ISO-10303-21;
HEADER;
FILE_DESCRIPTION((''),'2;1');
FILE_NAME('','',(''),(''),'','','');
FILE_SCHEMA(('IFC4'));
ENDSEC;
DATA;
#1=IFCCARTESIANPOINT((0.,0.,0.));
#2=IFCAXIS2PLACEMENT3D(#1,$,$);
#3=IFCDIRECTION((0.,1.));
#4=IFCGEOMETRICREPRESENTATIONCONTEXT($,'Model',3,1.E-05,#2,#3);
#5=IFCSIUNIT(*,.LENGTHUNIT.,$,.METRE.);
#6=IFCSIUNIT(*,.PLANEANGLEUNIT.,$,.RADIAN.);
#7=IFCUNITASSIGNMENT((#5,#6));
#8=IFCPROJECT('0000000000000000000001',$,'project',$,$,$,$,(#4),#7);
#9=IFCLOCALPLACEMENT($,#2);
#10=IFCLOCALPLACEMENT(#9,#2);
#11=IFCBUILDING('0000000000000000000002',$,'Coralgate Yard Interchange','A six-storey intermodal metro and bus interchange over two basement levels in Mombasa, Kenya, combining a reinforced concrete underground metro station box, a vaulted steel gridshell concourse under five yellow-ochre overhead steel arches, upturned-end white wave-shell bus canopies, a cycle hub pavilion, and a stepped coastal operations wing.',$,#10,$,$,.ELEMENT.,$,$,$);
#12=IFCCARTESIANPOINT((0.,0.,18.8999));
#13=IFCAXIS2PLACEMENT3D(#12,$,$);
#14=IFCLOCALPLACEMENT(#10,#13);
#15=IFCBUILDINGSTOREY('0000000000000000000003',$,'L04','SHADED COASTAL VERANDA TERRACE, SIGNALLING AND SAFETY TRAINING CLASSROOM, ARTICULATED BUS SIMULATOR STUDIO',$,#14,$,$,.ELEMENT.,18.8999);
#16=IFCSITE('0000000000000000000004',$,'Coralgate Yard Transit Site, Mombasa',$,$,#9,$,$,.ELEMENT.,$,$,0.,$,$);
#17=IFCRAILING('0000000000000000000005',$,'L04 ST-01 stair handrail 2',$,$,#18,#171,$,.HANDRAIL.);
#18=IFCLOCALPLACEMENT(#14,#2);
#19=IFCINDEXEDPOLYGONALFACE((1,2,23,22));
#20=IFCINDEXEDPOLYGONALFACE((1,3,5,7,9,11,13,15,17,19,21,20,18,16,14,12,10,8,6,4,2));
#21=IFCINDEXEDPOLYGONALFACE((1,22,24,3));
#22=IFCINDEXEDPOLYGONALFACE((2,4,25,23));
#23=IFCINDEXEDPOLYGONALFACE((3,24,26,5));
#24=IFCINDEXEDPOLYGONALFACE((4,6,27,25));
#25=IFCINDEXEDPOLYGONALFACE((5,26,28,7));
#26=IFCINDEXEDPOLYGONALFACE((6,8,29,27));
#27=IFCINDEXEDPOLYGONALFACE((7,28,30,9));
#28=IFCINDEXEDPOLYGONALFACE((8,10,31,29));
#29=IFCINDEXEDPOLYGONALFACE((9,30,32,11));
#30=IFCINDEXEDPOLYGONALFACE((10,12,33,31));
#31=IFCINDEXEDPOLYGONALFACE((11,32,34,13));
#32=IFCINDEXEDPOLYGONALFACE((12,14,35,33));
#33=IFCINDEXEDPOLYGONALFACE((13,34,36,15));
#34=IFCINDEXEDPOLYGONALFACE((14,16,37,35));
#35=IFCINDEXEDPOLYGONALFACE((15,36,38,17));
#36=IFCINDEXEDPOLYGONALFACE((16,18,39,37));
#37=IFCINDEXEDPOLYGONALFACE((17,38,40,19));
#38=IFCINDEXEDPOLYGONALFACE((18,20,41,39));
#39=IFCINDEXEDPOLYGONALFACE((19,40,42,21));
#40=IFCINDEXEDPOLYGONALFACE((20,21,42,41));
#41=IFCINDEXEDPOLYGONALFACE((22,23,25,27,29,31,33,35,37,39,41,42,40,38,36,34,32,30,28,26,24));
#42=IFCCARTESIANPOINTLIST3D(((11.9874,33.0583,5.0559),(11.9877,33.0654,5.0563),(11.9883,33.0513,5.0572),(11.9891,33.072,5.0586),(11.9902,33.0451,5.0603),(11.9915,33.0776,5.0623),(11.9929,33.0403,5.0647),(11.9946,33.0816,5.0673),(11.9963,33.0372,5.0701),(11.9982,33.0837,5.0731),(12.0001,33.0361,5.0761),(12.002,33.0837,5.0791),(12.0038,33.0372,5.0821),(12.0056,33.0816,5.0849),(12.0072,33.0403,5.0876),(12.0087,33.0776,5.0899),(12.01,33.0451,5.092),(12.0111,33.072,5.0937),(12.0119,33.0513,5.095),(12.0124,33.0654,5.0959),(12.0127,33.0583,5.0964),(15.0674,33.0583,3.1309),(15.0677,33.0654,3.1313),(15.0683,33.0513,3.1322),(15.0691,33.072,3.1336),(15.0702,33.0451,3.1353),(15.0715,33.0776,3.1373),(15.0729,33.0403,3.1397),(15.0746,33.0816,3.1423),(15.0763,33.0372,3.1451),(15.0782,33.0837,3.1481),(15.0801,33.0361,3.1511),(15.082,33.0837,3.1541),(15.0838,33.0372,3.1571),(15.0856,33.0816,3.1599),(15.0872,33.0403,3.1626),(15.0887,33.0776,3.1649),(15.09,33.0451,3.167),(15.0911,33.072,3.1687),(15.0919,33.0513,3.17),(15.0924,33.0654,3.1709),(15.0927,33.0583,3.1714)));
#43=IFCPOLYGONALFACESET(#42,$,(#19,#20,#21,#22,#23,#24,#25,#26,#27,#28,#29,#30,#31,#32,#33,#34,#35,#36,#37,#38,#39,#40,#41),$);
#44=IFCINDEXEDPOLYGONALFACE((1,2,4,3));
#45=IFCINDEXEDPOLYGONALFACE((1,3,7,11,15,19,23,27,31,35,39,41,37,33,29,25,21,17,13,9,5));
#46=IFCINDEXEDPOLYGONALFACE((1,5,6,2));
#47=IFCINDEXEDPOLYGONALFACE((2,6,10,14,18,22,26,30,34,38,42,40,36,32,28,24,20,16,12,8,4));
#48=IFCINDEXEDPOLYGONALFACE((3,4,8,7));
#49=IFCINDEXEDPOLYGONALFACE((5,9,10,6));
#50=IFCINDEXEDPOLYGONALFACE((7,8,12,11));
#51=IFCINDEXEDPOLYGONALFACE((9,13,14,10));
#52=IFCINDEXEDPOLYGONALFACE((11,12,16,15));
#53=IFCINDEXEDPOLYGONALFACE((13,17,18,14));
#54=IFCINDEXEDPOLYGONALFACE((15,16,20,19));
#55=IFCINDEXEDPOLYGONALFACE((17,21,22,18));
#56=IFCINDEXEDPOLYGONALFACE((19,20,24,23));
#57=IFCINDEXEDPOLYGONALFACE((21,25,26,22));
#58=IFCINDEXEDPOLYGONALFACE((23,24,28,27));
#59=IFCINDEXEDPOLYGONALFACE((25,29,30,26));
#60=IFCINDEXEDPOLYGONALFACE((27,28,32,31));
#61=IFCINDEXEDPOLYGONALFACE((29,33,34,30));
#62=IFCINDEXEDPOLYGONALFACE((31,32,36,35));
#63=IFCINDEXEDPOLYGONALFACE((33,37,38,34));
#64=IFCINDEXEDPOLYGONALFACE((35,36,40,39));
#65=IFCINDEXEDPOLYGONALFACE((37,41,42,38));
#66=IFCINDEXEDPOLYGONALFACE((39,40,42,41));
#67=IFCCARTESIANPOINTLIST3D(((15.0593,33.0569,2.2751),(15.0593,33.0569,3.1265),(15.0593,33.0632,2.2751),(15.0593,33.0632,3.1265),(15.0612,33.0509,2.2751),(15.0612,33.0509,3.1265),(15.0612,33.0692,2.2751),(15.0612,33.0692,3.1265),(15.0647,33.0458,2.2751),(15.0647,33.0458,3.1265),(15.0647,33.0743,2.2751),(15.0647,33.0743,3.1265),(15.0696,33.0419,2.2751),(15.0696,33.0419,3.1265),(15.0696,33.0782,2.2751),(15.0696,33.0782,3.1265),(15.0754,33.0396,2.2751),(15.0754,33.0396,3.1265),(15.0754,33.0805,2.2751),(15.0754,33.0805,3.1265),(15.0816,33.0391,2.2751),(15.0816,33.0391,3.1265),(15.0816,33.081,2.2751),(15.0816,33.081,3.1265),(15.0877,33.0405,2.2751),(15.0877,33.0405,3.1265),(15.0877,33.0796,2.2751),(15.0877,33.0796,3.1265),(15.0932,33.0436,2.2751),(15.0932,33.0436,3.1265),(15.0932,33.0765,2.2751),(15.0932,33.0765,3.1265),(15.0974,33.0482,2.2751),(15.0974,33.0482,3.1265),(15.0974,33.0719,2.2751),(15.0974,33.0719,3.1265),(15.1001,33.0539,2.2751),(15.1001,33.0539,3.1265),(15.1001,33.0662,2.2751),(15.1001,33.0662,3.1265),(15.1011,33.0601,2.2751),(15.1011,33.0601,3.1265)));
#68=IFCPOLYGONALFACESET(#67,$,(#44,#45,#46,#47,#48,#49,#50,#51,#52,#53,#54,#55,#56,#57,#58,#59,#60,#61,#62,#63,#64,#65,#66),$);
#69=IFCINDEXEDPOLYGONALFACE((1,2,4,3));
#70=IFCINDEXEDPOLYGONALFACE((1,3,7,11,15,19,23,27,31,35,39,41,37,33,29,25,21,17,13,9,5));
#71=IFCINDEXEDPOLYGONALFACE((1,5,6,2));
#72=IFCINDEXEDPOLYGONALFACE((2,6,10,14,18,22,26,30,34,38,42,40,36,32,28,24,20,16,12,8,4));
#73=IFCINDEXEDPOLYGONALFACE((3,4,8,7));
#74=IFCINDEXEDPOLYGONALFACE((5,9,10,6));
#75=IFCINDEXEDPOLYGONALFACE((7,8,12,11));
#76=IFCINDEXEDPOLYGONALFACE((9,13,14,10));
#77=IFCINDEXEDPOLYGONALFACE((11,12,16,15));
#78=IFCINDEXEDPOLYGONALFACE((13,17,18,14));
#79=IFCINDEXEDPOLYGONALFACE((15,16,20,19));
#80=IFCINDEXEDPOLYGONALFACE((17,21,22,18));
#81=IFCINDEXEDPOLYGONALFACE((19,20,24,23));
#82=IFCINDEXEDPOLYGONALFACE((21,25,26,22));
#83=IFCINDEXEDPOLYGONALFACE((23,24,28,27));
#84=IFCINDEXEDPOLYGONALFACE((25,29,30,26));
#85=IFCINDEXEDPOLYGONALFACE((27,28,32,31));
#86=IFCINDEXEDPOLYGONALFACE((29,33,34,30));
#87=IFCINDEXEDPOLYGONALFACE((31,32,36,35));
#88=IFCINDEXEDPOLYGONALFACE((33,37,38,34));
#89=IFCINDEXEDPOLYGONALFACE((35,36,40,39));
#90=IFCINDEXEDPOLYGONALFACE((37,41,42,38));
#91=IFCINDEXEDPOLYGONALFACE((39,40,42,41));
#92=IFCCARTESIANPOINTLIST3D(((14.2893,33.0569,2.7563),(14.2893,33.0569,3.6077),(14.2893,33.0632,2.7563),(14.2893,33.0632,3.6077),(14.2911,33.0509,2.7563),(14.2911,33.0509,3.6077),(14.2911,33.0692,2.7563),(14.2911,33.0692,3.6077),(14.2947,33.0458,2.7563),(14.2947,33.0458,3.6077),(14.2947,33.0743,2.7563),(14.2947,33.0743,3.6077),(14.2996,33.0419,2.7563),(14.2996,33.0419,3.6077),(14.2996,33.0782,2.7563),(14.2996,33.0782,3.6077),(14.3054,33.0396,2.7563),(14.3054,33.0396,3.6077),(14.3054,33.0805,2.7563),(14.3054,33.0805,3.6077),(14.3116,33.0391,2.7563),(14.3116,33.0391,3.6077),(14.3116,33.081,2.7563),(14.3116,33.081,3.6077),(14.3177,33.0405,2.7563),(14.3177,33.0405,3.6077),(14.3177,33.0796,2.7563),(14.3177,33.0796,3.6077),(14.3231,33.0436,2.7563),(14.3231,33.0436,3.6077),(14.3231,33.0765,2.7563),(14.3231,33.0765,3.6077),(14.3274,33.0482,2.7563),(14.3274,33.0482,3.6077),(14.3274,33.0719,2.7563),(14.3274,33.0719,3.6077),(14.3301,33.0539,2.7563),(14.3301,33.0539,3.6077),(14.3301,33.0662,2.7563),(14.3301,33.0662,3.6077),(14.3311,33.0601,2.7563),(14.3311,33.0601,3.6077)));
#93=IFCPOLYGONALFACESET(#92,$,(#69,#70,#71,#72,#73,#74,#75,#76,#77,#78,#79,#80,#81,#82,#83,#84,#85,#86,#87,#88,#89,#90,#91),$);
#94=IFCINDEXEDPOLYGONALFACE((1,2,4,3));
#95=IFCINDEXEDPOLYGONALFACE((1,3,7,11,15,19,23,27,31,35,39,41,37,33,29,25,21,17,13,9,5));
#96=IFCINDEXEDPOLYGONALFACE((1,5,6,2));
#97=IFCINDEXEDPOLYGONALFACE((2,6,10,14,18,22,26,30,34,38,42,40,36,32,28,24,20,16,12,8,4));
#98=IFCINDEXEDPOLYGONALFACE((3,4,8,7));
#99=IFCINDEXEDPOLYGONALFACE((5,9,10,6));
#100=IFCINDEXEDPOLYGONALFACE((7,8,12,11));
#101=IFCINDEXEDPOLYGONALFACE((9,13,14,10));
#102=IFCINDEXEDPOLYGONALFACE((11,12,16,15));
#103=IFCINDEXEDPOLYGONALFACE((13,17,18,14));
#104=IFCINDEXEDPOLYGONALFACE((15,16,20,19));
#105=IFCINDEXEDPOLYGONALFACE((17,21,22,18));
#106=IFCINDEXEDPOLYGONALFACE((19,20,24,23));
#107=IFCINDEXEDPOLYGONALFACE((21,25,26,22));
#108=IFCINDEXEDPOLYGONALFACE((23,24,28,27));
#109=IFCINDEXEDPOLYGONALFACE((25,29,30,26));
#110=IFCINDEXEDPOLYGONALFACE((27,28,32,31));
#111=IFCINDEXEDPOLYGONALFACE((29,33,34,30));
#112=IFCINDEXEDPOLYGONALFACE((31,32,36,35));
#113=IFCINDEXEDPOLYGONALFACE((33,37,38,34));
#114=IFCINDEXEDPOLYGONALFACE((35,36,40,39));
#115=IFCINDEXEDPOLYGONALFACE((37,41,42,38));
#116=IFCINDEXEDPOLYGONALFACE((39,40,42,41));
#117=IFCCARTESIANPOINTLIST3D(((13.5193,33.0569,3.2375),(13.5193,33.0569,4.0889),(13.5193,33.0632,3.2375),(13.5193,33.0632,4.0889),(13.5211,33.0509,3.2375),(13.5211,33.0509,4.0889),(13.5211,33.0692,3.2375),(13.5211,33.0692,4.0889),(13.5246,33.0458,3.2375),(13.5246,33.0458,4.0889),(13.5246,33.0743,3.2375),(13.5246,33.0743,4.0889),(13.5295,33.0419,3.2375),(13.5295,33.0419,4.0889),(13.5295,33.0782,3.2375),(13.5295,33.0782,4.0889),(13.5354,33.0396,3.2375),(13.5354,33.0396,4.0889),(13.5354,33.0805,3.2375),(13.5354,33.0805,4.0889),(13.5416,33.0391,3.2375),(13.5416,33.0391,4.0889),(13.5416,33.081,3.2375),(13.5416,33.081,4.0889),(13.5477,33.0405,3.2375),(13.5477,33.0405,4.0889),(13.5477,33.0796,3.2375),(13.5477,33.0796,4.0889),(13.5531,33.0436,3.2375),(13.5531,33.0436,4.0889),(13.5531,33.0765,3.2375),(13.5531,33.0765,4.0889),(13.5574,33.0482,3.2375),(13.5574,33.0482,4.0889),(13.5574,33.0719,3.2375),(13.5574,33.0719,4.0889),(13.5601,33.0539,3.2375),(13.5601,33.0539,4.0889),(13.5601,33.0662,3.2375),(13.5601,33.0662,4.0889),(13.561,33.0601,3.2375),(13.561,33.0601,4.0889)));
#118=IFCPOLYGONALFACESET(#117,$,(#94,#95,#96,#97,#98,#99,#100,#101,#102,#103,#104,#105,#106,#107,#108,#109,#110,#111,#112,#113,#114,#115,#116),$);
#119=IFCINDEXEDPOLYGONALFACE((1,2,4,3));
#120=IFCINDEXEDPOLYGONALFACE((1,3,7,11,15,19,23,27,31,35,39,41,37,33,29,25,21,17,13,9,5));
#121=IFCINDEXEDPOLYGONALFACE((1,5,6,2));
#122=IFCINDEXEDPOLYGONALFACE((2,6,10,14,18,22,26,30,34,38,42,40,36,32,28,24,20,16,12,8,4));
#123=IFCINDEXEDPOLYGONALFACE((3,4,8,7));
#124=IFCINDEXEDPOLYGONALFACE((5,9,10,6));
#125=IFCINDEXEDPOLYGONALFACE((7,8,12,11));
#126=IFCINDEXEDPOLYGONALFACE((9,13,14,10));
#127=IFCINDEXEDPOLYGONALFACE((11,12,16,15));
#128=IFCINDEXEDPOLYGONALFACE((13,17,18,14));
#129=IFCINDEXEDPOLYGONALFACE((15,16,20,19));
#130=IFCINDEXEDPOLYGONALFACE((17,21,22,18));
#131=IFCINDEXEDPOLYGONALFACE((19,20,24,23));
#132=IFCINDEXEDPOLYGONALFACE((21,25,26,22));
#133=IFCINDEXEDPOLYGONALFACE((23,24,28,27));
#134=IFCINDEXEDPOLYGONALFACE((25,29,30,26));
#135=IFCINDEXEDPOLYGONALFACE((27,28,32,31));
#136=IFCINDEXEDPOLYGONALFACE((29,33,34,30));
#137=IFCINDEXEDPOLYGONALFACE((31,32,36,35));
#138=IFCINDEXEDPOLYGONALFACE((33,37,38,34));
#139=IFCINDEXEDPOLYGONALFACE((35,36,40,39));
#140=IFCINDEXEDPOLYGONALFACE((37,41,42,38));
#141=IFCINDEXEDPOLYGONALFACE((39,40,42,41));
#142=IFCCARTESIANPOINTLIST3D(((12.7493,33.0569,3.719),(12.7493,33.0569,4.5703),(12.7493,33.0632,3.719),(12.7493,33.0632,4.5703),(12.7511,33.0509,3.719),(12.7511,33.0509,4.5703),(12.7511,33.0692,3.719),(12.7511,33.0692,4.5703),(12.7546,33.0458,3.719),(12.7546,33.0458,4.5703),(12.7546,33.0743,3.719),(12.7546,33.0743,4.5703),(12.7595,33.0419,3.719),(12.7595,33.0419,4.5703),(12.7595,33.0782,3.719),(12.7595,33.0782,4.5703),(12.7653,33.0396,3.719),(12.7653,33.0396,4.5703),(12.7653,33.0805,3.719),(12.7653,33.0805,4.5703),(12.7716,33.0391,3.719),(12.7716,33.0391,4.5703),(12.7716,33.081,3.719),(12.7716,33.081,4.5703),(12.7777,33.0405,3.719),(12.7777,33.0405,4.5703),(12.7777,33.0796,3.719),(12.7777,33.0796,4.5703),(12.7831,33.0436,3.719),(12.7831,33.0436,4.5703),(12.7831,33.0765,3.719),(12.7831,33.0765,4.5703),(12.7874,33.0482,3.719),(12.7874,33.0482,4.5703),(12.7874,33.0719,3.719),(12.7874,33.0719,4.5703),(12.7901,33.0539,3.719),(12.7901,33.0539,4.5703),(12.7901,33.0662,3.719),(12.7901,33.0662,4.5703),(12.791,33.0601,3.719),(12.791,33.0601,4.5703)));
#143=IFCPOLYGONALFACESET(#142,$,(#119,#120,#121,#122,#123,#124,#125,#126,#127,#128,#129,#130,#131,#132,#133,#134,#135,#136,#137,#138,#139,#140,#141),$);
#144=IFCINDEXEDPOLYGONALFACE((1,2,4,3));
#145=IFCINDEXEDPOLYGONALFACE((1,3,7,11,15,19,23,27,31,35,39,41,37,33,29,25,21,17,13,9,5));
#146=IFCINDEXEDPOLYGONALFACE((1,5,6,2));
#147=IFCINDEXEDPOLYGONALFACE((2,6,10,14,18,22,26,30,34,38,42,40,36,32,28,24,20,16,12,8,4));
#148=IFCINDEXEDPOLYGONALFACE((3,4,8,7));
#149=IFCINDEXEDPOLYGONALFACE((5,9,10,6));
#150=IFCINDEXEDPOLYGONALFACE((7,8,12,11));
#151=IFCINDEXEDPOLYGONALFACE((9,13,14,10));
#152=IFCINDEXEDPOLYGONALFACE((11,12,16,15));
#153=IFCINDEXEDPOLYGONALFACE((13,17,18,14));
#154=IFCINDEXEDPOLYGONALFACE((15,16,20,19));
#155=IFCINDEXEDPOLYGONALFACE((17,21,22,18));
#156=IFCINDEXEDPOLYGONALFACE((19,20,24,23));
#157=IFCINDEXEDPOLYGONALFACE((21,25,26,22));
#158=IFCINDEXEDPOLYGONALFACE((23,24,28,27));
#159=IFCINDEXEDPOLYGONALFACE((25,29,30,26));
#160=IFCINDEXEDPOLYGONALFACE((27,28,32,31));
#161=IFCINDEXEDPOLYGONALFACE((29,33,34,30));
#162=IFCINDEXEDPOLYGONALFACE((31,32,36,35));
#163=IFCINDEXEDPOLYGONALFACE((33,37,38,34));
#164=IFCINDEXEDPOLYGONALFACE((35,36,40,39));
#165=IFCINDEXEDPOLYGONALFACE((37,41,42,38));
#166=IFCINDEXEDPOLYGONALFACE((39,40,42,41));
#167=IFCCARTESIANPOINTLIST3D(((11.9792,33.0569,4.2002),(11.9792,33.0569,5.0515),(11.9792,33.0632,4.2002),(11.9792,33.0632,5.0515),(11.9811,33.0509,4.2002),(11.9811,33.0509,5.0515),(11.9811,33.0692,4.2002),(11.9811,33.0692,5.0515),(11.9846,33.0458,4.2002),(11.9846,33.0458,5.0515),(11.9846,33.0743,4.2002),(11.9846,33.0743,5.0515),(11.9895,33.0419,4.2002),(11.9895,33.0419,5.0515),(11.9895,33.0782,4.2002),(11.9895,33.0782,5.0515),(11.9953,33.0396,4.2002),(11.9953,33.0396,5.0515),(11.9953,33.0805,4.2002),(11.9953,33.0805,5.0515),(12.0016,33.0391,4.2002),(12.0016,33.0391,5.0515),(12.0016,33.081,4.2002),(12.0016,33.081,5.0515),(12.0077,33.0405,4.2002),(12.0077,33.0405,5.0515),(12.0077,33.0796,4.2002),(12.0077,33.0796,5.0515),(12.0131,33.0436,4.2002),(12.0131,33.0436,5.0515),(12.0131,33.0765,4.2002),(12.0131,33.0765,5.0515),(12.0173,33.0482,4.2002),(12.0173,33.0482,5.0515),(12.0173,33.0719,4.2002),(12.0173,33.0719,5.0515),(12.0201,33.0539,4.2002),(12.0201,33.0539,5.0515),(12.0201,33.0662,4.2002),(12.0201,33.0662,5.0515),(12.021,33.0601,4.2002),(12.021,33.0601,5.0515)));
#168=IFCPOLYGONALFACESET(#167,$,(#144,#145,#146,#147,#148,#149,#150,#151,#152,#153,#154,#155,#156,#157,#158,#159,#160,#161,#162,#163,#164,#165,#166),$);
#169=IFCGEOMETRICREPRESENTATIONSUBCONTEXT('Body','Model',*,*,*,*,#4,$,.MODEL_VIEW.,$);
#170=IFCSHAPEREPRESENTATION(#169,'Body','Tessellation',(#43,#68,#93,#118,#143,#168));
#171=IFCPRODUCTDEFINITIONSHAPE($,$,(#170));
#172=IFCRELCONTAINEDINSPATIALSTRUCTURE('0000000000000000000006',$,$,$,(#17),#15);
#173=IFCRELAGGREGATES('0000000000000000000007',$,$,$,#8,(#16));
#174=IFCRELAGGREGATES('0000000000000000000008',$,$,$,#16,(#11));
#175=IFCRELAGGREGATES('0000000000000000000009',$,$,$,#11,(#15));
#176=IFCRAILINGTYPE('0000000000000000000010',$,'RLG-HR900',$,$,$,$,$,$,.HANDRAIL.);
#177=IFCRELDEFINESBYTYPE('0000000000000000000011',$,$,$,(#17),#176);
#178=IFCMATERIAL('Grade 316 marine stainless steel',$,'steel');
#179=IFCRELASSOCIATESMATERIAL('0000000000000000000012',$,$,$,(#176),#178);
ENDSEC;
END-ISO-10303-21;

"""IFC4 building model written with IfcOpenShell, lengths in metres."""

from ifc_helpers import new_model, si_unit, direction, frame, origin, origin_2d, place, context, subcontext, project, spatial, circle, extrude, material, type_object, element, save


model = new_model("IFC4")

# Units and contexts
model_context = context("Model", 3, precision=1e-05, world=origin(), true_north=direction((0.0, 1.0)))
body_context = subcontext(model_context, "Body", "Model", "MODEL_VIEW")
ifc_project = project(units=[si_unit("LENGTHUNIT", "METRE"), si_unit("PLANEANGLEUNIT", "RADIAN")], contexts=[model_context])

# Site, building, storey
site_placement = place(None, origin())
site = spatial("IfcSite", under=ifc_project, at=site_placement, Name="Coralgate Yard Transit Site, Mombasa", CompositionType="ELEMENT", RefElevation=0.0)
building_placement = place(site_placement, origin())
building = spatial("IfcBuilding", under=site, at=building_placement, Name="Coralgate Yard Interchange", Description="A six-storey intermodal metro and bus interchange over two basement levels in Mombasa, Kenya, combining a reinforced concrete underground metro station box, a vaulted steel gridshell concourse under five yellow-ochre overhead steel arches, upturned-end white wave-shell bus canopies, a cycle hub pavilion, and a stepped coastal operations wing.", CompositionType="ELEMENT")
storey_placement = place(building_placement, frame((0.0, 0.0, 18.8999)))
storey = spatial("IfcBuildingStorey", under=building, at=storey_placement, Name="L04", Description="SHADED COASTAL VERANDA TERRACE, SIGNALLING AND SAFETY TRAINING CLASSROOM, ARTICULATED BUS SIMULATOR STUDIO", CompositionType="ELEMENT", Elevation=18.8999)

# Railing
ifc_material_1 = material(Name="Grade 316 marine stainless steel", Category="steel")
railing_type_1 = type_object("IfcRailingType", Name="RLG-HR900", PredefinedType="HANDRAIL", material=ifc_material_1)
railing_1_placement = place(storey_placement, frame((15.0801, 33.0601, 2.2751)))
element("IfcRailing", 1, at=railing_1_placement, inside=storey, type_object=railing_type_1, Name="L04 ST-01 stair handrail 2", PredefinedType="HANDRAIL", context=body_context, shape_type="SweptSolid", body=[
    extrude(circle(Radius=0.0239, at=origin_2d()), frame((0.0, 0.0, 0.876), z_axis=(-0.847998, 0.0, 0.529999), x_axis=(0.0, -1.0, 0.0)), (0.0, 0.0, 1.0), 3.6321),
    extrude(circle(Radius=0.021, at=origin_2d()), origin(), (0.0, 0.0, 1.0), 0.8513),
    extrude(circle(Radius=0.021, at=origin_2d()), frame((-0.77, 0.0, 0.4812)), (0.0, 0.0, 1.0), 0.8513),
    extrude(circle(Radius=0.021, at=origin_2d()), frame((-1.54, 0.0, 0.9624)), (0.0, 0.0, 1.0), 0.8513),
    extrude(circle(Radius=0.021, at=origin_2d()), frame((-2.3101, 0.0, 1.4438)), (0.0, 0.0, 1.0), 0.8513),
    extrude(circle(Radius=0.021, at=origin_2d()), frame((-3.0801, 0.0, 1.925)), (0.0, 0.0, 1.0), 0.8513),
])

save(model, "model.ifc")
